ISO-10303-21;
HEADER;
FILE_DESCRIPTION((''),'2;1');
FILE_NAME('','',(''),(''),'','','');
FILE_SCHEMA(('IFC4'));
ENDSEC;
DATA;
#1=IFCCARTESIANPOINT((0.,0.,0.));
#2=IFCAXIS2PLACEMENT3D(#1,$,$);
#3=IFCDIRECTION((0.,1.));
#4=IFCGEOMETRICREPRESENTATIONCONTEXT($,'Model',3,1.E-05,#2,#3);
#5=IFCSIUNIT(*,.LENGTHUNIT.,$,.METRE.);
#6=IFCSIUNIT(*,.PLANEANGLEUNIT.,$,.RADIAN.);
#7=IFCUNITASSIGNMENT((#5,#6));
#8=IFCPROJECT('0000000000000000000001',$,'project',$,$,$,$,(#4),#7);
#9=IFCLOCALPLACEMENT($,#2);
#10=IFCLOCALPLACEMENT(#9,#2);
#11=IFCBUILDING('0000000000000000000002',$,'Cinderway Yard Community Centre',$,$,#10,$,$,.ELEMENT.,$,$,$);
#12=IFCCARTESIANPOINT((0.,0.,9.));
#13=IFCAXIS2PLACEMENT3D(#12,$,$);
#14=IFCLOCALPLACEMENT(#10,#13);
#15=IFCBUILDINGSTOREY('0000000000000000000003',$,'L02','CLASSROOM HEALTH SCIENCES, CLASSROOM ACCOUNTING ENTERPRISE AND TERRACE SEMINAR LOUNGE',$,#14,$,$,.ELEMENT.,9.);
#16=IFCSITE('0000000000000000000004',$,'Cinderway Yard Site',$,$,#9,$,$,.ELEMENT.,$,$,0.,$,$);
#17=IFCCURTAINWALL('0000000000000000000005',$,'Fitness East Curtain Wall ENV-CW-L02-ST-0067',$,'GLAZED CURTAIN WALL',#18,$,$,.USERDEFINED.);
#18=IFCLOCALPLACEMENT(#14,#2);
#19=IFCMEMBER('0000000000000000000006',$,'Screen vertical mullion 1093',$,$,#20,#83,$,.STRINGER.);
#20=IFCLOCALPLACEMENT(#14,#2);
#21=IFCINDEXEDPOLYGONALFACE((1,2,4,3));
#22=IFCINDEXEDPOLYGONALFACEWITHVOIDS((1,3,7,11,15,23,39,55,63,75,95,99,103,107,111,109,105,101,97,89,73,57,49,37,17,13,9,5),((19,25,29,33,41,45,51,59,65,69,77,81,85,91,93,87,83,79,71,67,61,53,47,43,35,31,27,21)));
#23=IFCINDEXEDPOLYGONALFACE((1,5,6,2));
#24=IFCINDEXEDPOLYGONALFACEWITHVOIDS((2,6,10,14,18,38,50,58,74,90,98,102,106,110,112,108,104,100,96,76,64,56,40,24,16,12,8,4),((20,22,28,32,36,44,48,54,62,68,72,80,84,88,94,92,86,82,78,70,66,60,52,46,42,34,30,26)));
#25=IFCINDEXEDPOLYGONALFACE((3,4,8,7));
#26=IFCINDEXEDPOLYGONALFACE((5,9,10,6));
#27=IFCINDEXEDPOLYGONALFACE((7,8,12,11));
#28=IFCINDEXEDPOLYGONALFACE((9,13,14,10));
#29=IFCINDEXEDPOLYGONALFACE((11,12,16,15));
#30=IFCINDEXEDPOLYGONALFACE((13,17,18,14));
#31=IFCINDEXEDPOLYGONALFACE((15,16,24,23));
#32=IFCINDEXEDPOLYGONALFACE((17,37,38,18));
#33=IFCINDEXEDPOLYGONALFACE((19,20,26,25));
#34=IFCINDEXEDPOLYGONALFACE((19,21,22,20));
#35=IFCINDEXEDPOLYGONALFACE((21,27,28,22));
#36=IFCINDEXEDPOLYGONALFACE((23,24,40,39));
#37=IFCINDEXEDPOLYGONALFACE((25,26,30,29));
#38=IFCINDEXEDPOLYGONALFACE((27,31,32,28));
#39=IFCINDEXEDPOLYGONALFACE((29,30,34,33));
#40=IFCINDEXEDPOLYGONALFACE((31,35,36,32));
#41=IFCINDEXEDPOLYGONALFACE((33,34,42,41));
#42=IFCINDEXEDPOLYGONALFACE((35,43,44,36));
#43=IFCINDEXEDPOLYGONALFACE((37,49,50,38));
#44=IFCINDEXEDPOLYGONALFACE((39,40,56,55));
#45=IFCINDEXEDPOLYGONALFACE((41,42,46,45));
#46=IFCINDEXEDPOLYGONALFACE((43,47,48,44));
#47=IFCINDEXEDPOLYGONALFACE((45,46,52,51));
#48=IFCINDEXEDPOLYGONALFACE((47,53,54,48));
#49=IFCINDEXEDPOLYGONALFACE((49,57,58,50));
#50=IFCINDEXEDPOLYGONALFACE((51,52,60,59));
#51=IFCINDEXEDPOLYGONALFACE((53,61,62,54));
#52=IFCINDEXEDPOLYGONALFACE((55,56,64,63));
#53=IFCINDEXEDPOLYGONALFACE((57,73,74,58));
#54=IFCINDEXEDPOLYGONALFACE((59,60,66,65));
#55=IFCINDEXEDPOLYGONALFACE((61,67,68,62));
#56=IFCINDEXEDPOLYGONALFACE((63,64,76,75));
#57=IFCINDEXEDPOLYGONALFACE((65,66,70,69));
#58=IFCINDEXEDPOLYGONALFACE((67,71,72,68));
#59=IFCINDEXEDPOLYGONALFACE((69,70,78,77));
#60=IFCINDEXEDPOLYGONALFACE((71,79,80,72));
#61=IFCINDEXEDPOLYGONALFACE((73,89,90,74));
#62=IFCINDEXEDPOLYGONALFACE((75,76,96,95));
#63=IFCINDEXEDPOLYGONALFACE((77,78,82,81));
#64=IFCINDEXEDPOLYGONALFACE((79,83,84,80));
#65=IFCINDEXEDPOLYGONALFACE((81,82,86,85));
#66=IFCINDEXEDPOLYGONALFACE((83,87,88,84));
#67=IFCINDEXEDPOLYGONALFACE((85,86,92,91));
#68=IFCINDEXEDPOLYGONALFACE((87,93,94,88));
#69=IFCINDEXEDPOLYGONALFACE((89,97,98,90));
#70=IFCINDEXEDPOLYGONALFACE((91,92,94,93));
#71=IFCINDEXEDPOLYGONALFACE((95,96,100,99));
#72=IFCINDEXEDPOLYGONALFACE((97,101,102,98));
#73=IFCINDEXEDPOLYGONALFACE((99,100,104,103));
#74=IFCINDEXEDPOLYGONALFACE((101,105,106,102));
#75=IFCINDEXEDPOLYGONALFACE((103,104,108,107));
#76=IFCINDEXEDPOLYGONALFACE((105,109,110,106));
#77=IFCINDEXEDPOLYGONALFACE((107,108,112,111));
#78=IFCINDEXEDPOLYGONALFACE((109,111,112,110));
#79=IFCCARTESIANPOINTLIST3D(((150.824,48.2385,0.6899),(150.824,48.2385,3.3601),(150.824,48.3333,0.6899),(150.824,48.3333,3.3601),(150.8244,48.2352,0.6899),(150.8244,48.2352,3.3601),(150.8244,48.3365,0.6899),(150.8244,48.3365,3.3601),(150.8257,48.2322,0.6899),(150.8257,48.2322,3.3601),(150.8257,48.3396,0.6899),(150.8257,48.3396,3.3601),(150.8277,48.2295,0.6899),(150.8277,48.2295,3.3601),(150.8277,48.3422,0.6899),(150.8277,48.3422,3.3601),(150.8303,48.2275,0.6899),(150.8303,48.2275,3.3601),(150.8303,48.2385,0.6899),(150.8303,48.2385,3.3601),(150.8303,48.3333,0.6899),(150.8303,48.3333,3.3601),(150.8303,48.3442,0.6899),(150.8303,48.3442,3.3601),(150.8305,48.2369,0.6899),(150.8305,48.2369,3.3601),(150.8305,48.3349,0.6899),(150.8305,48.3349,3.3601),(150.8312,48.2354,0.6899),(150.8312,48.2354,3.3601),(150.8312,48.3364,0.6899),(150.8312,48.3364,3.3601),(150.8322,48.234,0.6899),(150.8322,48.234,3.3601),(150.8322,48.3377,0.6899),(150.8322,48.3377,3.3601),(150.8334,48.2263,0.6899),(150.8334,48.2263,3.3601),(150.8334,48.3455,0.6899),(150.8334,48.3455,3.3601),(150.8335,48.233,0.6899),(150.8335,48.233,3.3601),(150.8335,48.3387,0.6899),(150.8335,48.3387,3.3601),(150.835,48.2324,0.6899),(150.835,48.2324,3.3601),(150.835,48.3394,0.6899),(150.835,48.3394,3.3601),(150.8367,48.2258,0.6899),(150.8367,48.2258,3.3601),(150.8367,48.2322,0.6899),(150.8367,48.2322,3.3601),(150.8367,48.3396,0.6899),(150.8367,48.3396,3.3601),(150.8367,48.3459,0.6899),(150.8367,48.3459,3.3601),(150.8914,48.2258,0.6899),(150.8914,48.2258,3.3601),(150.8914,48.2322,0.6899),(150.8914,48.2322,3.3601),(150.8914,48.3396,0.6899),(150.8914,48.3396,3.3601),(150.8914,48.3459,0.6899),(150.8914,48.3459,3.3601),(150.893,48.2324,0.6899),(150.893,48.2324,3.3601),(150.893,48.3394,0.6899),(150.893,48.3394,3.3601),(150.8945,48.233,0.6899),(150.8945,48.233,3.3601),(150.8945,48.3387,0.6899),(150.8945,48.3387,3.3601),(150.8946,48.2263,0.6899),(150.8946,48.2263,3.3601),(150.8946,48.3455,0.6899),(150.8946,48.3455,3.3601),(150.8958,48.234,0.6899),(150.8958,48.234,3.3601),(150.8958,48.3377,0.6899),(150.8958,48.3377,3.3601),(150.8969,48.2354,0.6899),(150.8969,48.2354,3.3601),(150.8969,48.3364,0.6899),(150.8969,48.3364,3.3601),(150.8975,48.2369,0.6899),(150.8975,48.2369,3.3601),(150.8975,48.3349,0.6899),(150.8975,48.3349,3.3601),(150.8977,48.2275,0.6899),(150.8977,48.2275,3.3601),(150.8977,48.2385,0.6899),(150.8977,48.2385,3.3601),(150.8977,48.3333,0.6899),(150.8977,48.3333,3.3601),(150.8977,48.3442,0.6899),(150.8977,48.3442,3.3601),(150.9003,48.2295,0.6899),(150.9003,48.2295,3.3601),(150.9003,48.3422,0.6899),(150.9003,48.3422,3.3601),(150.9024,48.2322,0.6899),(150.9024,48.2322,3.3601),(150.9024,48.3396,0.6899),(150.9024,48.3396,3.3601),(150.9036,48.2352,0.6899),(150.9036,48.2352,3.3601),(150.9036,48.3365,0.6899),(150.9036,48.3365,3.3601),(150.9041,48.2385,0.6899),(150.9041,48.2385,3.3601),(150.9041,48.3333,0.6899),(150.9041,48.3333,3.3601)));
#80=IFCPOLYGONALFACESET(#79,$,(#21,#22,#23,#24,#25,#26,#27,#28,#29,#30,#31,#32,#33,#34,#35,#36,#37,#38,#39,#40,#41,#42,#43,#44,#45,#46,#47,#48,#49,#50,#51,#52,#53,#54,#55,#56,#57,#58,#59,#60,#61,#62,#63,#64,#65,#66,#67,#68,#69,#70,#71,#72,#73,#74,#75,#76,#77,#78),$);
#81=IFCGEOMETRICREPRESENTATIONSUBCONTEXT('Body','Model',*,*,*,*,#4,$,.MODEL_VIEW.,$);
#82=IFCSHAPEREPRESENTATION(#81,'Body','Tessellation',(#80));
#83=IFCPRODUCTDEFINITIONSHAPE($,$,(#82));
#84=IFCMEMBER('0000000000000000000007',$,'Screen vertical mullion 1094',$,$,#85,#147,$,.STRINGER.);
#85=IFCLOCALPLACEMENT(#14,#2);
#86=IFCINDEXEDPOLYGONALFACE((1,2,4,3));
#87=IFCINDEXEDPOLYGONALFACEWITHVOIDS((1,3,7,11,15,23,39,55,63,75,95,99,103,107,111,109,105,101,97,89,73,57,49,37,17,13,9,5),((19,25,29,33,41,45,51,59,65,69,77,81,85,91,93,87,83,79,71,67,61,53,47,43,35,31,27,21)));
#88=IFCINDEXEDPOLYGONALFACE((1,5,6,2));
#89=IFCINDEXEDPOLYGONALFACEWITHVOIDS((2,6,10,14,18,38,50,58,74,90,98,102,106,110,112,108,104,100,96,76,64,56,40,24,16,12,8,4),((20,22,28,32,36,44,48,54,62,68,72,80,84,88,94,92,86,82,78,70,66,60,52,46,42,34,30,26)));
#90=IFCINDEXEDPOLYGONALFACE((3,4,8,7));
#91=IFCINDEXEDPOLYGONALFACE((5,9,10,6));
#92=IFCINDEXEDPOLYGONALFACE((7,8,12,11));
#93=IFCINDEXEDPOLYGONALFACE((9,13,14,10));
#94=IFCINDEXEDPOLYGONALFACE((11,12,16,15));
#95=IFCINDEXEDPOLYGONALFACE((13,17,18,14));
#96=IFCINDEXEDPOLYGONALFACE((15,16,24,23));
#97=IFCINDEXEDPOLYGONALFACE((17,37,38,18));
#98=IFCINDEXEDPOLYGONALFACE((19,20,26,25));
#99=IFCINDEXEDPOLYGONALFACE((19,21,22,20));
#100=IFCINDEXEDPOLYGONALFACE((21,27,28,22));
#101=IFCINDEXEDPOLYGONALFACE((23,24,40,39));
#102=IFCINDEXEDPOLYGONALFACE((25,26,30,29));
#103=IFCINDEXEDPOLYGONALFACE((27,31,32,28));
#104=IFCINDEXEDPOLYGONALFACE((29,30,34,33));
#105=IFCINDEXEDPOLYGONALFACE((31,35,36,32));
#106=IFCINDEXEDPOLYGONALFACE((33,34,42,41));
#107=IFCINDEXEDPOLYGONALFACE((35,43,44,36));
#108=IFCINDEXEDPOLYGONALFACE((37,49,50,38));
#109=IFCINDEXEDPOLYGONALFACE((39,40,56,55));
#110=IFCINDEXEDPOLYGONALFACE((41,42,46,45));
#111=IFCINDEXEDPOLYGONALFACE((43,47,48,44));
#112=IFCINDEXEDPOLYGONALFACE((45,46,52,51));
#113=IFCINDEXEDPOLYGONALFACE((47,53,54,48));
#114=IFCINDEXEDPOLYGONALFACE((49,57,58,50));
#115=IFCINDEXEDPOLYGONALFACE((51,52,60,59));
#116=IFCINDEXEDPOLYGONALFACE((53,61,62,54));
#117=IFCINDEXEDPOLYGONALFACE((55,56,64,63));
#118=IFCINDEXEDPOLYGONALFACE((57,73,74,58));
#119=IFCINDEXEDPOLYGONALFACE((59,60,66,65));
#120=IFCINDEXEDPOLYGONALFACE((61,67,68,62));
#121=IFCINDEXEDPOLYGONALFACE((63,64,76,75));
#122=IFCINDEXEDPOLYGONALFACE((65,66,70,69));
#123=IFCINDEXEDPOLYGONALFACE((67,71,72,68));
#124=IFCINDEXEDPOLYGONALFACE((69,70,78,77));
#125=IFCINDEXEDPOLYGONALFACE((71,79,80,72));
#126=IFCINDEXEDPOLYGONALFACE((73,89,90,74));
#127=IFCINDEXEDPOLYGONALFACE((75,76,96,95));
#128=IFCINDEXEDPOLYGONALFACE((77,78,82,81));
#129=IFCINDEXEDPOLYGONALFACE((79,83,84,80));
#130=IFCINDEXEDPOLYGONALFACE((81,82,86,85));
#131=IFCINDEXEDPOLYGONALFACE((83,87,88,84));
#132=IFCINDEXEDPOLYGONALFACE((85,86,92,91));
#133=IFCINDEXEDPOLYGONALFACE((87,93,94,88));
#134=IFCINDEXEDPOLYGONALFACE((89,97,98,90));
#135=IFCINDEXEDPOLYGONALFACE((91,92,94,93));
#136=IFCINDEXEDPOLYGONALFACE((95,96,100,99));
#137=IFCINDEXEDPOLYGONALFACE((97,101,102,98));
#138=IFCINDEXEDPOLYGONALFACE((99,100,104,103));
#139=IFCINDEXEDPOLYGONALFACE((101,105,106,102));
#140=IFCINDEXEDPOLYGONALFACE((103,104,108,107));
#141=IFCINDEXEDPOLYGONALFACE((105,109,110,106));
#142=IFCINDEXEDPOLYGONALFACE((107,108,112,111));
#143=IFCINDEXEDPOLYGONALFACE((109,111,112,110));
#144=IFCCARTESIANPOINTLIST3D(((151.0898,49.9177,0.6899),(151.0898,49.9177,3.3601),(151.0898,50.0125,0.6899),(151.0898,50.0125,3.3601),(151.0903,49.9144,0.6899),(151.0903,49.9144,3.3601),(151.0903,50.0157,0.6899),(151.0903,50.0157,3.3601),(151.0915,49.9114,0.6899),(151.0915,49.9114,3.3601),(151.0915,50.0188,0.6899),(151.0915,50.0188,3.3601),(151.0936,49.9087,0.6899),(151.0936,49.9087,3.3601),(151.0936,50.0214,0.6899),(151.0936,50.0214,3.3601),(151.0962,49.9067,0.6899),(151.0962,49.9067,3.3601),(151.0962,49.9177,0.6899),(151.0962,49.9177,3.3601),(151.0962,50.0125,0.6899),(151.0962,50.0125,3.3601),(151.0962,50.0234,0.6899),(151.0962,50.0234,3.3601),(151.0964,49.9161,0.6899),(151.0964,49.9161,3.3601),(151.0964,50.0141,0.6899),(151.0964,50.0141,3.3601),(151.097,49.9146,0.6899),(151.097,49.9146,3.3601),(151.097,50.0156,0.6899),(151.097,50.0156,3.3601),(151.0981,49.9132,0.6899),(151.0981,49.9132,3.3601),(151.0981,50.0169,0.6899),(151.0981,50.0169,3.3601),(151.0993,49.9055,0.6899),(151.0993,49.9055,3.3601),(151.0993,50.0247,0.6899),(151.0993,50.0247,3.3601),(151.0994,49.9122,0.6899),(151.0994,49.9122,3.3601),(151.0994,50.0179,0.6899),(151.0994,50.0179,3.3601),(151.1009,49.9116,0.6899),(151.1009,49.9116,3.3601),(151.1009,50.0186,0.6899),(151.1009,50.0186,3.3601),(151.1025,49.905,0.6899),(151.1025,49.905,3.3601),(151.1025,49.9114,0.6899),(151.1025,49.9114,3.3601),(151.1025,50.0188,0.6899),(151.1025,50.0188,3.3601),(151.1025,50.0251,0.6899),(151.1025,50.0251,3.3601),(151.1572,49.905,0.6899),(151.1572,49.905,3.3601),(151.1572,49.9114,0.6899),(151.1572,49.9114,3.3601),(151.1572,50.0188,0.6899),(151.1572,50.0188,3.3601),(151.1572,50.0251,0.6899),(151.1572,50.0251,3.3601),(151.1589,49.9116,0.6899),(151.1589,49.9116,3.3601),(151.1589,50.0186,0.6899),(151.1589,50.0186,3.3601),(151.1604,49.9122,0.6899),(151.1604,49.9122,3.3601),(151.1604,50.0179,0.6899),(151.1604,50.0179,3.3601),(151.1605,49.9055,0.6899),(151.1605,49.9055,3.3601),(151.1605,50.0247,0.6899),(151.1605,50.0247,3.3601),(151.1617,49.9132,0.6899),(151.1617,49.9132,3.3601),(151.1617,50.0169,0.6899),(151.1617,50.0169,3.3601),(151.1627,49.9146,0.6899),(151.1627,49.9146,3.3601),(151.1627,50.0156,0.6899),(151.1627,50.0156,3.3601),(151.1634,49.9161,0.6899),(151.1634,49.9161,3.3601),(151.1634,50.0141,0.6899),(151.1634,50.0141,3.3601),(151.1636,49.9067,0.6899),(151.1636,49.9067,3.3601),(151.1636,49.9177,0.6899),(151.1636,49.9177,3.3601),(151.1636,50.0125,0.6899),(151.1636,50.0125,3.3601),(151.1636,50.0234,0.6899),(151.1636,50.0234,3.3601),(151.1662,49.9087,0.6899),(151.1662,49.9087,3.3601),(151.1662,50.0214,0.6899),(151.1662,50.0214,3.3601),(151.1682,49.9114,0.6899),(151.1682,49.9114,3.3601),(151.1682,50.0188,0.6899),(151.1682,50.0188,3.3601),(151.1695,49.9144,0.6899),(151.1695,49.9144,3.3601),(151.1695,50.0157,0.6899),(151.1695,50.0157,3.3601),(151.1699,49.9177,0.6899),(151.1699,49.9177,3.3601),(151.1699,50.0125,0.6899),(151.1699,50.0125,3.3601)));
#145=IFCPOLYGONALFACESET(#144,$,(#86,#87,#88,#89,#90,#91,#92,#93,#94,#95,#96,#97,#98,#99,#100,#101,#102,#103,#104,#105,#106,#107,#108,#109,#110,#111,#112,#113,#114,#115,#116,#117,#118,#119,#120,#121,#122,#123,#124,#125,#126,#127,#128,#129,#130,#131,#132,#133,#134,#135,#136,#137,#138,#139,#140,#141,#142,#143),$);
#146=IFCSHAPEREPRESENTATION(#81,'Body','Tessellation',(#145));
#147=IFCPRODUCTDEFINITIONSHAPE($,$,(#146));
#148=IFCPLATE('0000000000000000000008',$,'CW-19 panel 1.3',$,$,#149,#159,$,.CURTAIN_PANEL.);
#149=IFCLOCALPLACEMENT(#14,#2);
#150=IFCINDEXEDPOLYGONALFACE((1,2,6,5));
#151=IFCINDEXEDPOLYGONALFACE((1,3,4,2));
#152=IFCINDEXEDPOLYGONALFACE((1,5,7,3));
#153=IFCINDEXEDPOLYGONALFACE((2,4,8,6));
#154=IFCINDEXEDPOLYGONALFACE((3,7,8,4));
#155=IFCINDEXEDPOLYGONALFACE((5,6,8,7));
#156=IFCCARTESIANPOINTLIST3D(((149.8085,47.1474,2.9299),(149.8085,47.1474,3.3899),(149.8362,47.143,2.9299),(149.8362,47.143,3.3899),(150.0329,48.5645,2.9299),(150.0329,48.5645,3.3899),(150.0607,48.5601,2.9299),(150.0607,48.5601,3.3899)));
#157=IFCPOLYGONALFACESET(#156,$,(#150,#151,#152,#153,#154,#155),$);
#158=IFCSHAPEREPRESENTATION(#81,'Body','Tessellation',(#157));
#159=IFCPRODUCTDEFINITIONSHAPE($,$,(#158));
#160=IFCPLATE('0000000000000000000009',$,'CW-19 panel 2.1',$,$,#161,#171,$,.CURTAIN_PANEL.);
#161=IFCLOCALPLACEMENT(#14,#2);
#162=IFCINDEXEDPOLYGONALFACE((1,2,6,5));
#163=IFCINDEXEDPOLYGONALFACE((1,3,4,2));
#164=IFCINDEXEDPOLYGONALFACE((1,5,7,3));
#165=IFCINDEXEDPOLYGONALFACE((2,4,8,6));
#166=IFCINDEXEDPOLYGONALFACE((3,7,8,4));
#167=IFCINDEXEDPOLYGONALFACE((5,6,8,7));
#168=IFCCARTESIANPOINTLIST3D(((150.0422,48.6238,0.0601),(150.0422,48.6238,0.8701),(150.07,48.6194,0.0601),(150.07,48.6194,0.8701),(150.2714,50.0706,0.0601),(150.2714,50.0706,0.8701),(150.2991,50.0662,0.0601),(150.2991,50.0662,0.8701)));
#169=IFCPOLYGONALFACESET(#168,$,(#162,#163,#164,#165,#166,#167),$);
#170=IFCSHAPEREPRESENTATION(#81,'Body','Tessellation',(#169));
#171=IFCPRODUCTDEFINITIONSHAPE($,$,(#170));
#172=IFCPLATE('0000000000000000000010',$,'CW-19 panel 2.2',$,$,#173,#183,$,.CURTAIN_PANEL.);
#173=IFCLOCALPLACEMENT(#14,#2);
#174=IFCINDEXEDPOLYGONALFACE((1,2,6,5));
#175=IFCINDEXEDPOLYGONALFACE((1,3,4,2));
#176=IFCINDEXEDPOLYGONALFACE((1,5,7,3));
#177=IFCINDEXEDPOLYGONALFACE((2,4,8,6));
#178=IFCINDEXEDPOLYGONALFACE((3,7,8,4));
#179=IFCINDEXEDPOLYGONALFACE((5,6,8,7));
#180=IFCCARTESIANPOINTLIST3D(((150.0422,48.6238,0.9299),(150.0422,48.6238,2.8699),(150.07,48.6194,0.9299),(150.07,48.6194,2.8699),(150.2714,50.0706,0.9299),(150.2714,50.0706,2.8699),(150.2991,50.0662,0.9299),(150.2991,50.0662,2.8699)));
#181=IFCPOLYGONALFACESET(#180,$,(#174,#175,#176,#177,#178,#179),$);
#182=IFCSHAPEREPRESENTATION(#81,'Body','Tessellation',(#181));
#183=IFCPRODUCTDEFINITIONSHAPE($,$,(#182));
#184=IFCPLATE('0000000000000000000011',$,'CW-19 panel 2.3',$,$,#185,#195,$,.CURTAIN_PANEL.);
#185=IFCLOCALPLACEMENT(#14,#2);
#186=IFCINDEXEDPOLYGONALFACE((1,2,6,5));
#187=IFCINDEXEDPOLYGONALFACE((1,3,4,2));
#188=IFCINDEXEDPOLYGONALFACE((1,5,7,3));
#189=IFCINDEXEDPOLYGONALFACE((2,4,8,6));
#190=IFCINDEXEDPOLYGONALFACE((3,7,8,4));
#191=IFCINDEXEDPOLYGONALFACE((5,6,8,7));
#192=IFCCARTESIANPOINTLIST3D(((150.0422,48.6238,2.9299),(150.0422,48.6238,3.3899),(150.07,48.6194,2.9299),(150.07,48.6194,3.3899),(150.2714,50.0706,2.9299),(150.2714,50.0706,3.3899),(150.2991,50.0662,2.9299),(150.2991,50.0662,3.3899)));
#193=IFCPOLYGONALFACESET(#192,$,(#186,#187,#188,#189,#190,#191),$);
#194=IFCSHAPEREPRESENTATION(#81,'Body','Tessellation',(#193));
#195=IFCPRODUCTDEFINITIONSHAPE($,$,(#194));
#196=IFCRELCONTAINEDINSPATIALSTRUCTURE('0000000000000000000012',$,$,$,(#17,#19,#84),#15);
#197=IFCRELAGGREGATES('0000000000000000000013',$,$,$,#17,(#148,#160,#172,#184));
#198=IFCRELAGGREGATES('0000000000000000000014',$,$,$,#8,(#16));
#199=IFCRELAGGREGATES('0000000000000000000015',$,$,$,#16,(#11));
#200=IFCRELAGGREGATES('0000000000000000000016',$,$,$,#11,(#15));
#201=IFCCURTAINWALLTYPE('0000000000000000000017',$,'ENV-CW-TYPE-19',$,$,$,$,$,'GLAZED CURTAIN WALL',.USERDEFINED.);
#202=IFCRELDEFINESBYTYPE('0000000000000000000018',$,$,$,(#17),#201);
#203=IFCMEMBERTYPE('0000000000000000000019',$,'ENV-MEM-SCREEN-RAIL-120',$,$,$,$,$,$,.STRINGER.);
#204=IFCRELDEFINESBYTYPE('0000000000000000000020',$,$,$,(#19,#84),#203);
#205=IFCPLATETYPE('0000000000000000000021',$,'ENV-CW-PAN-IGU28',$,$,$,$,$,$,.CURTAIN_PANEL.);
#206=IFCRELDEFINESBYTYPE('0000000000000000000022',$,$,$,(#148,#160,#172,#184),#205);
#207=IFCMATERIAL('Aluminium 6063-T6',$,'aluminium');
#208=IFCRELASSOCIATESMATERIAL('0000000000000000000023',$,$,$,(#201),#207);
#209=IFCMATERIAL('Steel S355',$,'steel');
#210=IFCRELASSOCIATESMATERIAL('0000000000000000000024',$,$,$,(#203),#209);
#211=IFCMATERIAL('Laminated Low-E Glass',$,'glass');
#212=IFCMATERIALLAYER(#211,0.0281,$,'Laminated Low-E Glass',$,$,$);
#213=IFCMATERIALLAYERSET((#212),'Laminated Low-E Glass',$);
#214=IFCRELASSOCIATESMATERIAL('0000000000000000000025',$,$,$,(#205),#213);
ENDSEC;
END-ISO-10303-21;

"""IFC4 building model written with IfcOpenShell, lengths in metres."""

from ifc_helpers import new_model, si_unit, direction, frame, origin, origin_2d, place, context, subcontext, project, spatial, rectangle, hollow_rectangle, extrude, material, layer, layer_set, material_profile, profile_set, type_object, element, aggregate, save


model = new_model("IFC4")

# Units and contexts
model_context = context("Model", 3, precision=1e-05, world=origin(), true_north=direction((0.0, 1.0)))
body_context = subcontext(model_context, "Body", "Model", "MODEL_VIEW")
ifc_project = project(units=[si_unit("LENGTHUNIT", "METRE"), si_unit("PLANEANGLEUNIT", "RADIAN")], contexts=[model_context])

# Site, building, storey
site_placement = place(None, origin())
site = spatial("IfcSite", under=ifc_project, at=site_placement, Name="Cinderway Yard Site", CompositionType="ELEMENT", RefElevation=0.0)
building_placement = place(site_placement, origin())
building = spatial("IfcBuilding", under=site, at=building_placement, Name="Cinderway Yard Community Centre", CompositionType="ELEMENT")
storey_placement = place(building_placement, frame((0.0, 0.0, 9.0)))
storey = spatial("IfcBuildingStorey", under=building, at=storey_placement, Name="L02", Description="CLASSROOM HEALTH SCIENCES, CLASSROOM ACCOUNTING ENTERPRISE AND TERRACE SEMINAR LOUNGE", CompositionType="ELEMENT", Elevation=9.0)

# Curtain wall
ifc_material_1 = material(Name="Aluminium 6063-T6", Category="aluminium")
curtain_wall_type = type_object("IfcCurtainWallType", Name="ENV-CW-TYPE-19", ElementType="GLAZED CURTAIN WALL", PredefinedType="USERDEFINED", material=ifc_material_1)
curtain_wall_placement = place(storey_placement, origin())
curtain_wall = element("IfcCurtainWall", 1, at=curtain_wall_placement, inside=storey, type_object=curtain_wall_type, Name="Fitness East Curtain Wall ENV-CW-L02-ST-0067", ObjectType="GLAZED CURTAIN WALL", PredefinedType="USERDEFINED")

# Members
ifc_material_2 = material(Name="Steel S355", Category="steel")
ifc_material_profile_1 = material_profile(ifc_material_2, hollow_rectangle(XDim=0.0801, YDim=0.1201, WallThickness=0.0063, InnerFilletRadius=0.0063, OuterFilletRadius=0.0127, at=origin_2d()), Name="Steel S355")
ifc_profile_set_1 = profile_set([ifc_material_profile_1], Name="Steel S355")
member_type_1 = type_object("IfcMemberType", Name="ENV-MEM-SCREEN-RAIL-120", PredefinedType="STRINGER", material=ifc_profile_set_1)
for number, where, z_axis, x_axis, name in (
    (2, (150.864, 48.2859, 0.6899), (0.0, 0.0, 1.0), (1.0, 0.0, 0.0), "Screen vertical mullion 1093"),
    (3, (151.1299, 49.9651, 0.6899), (0.0, 0.0, 1.0), (1.0, 0.0, 0.0), "Screen vertical mullion 1094"),
):
    element("IfcMember", number, at=place(storey_placement, frame(where, z_axis=z_axis, x_axis=x_axis)), inside=storey, type_object=member_type_1, Name=name, PredefinedType="STRINGER", context=body_context, shape_type="SweptSolid", body=[
        extrude(hollow_rectangle(XDim=0.0801, YDim=0.1201, WallThickness=0.0063, InnerFilletRadius=0.0063, OuterFilletRadius=0.0127, at=origin_2d()), origin(), (0.0, 0.0, 1.0), 2.6702),
    ])

# Plates
ifc_material_3 = material(Name="Laminated Low-E Glass", Category="glass")
ifc_layer_1 = layer(ifc_material_3, 0.0281, Name="Laminated Low-E Glass")
ifc_layer_set_1 = layer_set([ifc_layer_1], Name="Laminated Low-E Glass")
plate_type_1 = type_object("IfcPlateType", Name="ENV-CW-PAN-IGU28", PredefinedType="CURTAIN_PANEL", material=ifc_layer_set_1)
plate_1_placement = place(storey_placement, frame((149.9346, 47.8538, 2.9299), z_axis=(0.0, 0.0, 1.0), x_axis=(0.156417, 0.987691, 0.0)))
plate_1 = element("IfcPlate", 4, at=plate_1_placement, type_object=plate_type_1, Name="CW-19 panel 1.3", PredefinedType="CURTAIN_PANEL", context=body_context, shape_type="SweptSolid", body=[
    extrude(rectangle(XDim=1.4348, YDim=0.0281, at=origin_2d()), origin(), (0.0, 0.0, 1.0), 0.46),
])
plate_2_placement = place(storey_placement, frame((150.1707, 49.345, 0.0601), z_axis=(0.0, 0.0, 1.0), x_axis=(0.156417, 0.987691, 0.0)))
plate_2 = element("IfcPlate", 5, at=plate_2_placement, type_object=plate_type_1, Name="CW-19 panel 2.1", PredefinedType="CURTAIN_PANEL", context=body_context, shape_type="SweptSolid", body=[
    extrude(rectangle(XDim=1.4648, YDim=0.0281, at=origin_2d()), origin(), (0.0, 0.0, 1.0), 0.8101),
])
plate_3_placement = place(storey_placement, frame((150.1707, 49.345, 0.9299), z_axis=(0.0, 0.0, 1.0), x_axis=(0.156417, 0.987691, 0.0)))
plate_3 = element("IfcPlate", 6, at=plate_3_placement, type_object=plate_type_1, Name="CW-19 panel 2.2", PredefinedType="CURTAIN_PANEL", context=body_context, shape_type="SweptSolid", body=[
    extrude(rectangle(XDim=1.4648, YDim=0.0281, at=origin_2d()), origin(), (0.0, 0.0, 1.0), 1.9399),
])
plate_4_placement = place(storey_placement, frame((150.1707, 49.345, 2.9299), z_axis=(0.0, 0.0, 1.0), x_axis=(0.156417, 0.987691, 0.0)))
plate_4 = element("IfcPlate", 7, at=plate_4_placement, type_object=plate_type_1, Name="CW-19 panel 2.3", PredefinedType="CURTAIN_PANEL", context=body_context, shape_type="SweptSolid", body=[
    extrude(rectangle(XDim=1.4648, YDim=0.0281, at=origin_2d()), origin(), (0.0, 0.0, 1.0), 0.46),
])
aggregate(curtain_wall, [plate_1, plate_2, plate_3, plate_4])

save(model, "model.ifc")
